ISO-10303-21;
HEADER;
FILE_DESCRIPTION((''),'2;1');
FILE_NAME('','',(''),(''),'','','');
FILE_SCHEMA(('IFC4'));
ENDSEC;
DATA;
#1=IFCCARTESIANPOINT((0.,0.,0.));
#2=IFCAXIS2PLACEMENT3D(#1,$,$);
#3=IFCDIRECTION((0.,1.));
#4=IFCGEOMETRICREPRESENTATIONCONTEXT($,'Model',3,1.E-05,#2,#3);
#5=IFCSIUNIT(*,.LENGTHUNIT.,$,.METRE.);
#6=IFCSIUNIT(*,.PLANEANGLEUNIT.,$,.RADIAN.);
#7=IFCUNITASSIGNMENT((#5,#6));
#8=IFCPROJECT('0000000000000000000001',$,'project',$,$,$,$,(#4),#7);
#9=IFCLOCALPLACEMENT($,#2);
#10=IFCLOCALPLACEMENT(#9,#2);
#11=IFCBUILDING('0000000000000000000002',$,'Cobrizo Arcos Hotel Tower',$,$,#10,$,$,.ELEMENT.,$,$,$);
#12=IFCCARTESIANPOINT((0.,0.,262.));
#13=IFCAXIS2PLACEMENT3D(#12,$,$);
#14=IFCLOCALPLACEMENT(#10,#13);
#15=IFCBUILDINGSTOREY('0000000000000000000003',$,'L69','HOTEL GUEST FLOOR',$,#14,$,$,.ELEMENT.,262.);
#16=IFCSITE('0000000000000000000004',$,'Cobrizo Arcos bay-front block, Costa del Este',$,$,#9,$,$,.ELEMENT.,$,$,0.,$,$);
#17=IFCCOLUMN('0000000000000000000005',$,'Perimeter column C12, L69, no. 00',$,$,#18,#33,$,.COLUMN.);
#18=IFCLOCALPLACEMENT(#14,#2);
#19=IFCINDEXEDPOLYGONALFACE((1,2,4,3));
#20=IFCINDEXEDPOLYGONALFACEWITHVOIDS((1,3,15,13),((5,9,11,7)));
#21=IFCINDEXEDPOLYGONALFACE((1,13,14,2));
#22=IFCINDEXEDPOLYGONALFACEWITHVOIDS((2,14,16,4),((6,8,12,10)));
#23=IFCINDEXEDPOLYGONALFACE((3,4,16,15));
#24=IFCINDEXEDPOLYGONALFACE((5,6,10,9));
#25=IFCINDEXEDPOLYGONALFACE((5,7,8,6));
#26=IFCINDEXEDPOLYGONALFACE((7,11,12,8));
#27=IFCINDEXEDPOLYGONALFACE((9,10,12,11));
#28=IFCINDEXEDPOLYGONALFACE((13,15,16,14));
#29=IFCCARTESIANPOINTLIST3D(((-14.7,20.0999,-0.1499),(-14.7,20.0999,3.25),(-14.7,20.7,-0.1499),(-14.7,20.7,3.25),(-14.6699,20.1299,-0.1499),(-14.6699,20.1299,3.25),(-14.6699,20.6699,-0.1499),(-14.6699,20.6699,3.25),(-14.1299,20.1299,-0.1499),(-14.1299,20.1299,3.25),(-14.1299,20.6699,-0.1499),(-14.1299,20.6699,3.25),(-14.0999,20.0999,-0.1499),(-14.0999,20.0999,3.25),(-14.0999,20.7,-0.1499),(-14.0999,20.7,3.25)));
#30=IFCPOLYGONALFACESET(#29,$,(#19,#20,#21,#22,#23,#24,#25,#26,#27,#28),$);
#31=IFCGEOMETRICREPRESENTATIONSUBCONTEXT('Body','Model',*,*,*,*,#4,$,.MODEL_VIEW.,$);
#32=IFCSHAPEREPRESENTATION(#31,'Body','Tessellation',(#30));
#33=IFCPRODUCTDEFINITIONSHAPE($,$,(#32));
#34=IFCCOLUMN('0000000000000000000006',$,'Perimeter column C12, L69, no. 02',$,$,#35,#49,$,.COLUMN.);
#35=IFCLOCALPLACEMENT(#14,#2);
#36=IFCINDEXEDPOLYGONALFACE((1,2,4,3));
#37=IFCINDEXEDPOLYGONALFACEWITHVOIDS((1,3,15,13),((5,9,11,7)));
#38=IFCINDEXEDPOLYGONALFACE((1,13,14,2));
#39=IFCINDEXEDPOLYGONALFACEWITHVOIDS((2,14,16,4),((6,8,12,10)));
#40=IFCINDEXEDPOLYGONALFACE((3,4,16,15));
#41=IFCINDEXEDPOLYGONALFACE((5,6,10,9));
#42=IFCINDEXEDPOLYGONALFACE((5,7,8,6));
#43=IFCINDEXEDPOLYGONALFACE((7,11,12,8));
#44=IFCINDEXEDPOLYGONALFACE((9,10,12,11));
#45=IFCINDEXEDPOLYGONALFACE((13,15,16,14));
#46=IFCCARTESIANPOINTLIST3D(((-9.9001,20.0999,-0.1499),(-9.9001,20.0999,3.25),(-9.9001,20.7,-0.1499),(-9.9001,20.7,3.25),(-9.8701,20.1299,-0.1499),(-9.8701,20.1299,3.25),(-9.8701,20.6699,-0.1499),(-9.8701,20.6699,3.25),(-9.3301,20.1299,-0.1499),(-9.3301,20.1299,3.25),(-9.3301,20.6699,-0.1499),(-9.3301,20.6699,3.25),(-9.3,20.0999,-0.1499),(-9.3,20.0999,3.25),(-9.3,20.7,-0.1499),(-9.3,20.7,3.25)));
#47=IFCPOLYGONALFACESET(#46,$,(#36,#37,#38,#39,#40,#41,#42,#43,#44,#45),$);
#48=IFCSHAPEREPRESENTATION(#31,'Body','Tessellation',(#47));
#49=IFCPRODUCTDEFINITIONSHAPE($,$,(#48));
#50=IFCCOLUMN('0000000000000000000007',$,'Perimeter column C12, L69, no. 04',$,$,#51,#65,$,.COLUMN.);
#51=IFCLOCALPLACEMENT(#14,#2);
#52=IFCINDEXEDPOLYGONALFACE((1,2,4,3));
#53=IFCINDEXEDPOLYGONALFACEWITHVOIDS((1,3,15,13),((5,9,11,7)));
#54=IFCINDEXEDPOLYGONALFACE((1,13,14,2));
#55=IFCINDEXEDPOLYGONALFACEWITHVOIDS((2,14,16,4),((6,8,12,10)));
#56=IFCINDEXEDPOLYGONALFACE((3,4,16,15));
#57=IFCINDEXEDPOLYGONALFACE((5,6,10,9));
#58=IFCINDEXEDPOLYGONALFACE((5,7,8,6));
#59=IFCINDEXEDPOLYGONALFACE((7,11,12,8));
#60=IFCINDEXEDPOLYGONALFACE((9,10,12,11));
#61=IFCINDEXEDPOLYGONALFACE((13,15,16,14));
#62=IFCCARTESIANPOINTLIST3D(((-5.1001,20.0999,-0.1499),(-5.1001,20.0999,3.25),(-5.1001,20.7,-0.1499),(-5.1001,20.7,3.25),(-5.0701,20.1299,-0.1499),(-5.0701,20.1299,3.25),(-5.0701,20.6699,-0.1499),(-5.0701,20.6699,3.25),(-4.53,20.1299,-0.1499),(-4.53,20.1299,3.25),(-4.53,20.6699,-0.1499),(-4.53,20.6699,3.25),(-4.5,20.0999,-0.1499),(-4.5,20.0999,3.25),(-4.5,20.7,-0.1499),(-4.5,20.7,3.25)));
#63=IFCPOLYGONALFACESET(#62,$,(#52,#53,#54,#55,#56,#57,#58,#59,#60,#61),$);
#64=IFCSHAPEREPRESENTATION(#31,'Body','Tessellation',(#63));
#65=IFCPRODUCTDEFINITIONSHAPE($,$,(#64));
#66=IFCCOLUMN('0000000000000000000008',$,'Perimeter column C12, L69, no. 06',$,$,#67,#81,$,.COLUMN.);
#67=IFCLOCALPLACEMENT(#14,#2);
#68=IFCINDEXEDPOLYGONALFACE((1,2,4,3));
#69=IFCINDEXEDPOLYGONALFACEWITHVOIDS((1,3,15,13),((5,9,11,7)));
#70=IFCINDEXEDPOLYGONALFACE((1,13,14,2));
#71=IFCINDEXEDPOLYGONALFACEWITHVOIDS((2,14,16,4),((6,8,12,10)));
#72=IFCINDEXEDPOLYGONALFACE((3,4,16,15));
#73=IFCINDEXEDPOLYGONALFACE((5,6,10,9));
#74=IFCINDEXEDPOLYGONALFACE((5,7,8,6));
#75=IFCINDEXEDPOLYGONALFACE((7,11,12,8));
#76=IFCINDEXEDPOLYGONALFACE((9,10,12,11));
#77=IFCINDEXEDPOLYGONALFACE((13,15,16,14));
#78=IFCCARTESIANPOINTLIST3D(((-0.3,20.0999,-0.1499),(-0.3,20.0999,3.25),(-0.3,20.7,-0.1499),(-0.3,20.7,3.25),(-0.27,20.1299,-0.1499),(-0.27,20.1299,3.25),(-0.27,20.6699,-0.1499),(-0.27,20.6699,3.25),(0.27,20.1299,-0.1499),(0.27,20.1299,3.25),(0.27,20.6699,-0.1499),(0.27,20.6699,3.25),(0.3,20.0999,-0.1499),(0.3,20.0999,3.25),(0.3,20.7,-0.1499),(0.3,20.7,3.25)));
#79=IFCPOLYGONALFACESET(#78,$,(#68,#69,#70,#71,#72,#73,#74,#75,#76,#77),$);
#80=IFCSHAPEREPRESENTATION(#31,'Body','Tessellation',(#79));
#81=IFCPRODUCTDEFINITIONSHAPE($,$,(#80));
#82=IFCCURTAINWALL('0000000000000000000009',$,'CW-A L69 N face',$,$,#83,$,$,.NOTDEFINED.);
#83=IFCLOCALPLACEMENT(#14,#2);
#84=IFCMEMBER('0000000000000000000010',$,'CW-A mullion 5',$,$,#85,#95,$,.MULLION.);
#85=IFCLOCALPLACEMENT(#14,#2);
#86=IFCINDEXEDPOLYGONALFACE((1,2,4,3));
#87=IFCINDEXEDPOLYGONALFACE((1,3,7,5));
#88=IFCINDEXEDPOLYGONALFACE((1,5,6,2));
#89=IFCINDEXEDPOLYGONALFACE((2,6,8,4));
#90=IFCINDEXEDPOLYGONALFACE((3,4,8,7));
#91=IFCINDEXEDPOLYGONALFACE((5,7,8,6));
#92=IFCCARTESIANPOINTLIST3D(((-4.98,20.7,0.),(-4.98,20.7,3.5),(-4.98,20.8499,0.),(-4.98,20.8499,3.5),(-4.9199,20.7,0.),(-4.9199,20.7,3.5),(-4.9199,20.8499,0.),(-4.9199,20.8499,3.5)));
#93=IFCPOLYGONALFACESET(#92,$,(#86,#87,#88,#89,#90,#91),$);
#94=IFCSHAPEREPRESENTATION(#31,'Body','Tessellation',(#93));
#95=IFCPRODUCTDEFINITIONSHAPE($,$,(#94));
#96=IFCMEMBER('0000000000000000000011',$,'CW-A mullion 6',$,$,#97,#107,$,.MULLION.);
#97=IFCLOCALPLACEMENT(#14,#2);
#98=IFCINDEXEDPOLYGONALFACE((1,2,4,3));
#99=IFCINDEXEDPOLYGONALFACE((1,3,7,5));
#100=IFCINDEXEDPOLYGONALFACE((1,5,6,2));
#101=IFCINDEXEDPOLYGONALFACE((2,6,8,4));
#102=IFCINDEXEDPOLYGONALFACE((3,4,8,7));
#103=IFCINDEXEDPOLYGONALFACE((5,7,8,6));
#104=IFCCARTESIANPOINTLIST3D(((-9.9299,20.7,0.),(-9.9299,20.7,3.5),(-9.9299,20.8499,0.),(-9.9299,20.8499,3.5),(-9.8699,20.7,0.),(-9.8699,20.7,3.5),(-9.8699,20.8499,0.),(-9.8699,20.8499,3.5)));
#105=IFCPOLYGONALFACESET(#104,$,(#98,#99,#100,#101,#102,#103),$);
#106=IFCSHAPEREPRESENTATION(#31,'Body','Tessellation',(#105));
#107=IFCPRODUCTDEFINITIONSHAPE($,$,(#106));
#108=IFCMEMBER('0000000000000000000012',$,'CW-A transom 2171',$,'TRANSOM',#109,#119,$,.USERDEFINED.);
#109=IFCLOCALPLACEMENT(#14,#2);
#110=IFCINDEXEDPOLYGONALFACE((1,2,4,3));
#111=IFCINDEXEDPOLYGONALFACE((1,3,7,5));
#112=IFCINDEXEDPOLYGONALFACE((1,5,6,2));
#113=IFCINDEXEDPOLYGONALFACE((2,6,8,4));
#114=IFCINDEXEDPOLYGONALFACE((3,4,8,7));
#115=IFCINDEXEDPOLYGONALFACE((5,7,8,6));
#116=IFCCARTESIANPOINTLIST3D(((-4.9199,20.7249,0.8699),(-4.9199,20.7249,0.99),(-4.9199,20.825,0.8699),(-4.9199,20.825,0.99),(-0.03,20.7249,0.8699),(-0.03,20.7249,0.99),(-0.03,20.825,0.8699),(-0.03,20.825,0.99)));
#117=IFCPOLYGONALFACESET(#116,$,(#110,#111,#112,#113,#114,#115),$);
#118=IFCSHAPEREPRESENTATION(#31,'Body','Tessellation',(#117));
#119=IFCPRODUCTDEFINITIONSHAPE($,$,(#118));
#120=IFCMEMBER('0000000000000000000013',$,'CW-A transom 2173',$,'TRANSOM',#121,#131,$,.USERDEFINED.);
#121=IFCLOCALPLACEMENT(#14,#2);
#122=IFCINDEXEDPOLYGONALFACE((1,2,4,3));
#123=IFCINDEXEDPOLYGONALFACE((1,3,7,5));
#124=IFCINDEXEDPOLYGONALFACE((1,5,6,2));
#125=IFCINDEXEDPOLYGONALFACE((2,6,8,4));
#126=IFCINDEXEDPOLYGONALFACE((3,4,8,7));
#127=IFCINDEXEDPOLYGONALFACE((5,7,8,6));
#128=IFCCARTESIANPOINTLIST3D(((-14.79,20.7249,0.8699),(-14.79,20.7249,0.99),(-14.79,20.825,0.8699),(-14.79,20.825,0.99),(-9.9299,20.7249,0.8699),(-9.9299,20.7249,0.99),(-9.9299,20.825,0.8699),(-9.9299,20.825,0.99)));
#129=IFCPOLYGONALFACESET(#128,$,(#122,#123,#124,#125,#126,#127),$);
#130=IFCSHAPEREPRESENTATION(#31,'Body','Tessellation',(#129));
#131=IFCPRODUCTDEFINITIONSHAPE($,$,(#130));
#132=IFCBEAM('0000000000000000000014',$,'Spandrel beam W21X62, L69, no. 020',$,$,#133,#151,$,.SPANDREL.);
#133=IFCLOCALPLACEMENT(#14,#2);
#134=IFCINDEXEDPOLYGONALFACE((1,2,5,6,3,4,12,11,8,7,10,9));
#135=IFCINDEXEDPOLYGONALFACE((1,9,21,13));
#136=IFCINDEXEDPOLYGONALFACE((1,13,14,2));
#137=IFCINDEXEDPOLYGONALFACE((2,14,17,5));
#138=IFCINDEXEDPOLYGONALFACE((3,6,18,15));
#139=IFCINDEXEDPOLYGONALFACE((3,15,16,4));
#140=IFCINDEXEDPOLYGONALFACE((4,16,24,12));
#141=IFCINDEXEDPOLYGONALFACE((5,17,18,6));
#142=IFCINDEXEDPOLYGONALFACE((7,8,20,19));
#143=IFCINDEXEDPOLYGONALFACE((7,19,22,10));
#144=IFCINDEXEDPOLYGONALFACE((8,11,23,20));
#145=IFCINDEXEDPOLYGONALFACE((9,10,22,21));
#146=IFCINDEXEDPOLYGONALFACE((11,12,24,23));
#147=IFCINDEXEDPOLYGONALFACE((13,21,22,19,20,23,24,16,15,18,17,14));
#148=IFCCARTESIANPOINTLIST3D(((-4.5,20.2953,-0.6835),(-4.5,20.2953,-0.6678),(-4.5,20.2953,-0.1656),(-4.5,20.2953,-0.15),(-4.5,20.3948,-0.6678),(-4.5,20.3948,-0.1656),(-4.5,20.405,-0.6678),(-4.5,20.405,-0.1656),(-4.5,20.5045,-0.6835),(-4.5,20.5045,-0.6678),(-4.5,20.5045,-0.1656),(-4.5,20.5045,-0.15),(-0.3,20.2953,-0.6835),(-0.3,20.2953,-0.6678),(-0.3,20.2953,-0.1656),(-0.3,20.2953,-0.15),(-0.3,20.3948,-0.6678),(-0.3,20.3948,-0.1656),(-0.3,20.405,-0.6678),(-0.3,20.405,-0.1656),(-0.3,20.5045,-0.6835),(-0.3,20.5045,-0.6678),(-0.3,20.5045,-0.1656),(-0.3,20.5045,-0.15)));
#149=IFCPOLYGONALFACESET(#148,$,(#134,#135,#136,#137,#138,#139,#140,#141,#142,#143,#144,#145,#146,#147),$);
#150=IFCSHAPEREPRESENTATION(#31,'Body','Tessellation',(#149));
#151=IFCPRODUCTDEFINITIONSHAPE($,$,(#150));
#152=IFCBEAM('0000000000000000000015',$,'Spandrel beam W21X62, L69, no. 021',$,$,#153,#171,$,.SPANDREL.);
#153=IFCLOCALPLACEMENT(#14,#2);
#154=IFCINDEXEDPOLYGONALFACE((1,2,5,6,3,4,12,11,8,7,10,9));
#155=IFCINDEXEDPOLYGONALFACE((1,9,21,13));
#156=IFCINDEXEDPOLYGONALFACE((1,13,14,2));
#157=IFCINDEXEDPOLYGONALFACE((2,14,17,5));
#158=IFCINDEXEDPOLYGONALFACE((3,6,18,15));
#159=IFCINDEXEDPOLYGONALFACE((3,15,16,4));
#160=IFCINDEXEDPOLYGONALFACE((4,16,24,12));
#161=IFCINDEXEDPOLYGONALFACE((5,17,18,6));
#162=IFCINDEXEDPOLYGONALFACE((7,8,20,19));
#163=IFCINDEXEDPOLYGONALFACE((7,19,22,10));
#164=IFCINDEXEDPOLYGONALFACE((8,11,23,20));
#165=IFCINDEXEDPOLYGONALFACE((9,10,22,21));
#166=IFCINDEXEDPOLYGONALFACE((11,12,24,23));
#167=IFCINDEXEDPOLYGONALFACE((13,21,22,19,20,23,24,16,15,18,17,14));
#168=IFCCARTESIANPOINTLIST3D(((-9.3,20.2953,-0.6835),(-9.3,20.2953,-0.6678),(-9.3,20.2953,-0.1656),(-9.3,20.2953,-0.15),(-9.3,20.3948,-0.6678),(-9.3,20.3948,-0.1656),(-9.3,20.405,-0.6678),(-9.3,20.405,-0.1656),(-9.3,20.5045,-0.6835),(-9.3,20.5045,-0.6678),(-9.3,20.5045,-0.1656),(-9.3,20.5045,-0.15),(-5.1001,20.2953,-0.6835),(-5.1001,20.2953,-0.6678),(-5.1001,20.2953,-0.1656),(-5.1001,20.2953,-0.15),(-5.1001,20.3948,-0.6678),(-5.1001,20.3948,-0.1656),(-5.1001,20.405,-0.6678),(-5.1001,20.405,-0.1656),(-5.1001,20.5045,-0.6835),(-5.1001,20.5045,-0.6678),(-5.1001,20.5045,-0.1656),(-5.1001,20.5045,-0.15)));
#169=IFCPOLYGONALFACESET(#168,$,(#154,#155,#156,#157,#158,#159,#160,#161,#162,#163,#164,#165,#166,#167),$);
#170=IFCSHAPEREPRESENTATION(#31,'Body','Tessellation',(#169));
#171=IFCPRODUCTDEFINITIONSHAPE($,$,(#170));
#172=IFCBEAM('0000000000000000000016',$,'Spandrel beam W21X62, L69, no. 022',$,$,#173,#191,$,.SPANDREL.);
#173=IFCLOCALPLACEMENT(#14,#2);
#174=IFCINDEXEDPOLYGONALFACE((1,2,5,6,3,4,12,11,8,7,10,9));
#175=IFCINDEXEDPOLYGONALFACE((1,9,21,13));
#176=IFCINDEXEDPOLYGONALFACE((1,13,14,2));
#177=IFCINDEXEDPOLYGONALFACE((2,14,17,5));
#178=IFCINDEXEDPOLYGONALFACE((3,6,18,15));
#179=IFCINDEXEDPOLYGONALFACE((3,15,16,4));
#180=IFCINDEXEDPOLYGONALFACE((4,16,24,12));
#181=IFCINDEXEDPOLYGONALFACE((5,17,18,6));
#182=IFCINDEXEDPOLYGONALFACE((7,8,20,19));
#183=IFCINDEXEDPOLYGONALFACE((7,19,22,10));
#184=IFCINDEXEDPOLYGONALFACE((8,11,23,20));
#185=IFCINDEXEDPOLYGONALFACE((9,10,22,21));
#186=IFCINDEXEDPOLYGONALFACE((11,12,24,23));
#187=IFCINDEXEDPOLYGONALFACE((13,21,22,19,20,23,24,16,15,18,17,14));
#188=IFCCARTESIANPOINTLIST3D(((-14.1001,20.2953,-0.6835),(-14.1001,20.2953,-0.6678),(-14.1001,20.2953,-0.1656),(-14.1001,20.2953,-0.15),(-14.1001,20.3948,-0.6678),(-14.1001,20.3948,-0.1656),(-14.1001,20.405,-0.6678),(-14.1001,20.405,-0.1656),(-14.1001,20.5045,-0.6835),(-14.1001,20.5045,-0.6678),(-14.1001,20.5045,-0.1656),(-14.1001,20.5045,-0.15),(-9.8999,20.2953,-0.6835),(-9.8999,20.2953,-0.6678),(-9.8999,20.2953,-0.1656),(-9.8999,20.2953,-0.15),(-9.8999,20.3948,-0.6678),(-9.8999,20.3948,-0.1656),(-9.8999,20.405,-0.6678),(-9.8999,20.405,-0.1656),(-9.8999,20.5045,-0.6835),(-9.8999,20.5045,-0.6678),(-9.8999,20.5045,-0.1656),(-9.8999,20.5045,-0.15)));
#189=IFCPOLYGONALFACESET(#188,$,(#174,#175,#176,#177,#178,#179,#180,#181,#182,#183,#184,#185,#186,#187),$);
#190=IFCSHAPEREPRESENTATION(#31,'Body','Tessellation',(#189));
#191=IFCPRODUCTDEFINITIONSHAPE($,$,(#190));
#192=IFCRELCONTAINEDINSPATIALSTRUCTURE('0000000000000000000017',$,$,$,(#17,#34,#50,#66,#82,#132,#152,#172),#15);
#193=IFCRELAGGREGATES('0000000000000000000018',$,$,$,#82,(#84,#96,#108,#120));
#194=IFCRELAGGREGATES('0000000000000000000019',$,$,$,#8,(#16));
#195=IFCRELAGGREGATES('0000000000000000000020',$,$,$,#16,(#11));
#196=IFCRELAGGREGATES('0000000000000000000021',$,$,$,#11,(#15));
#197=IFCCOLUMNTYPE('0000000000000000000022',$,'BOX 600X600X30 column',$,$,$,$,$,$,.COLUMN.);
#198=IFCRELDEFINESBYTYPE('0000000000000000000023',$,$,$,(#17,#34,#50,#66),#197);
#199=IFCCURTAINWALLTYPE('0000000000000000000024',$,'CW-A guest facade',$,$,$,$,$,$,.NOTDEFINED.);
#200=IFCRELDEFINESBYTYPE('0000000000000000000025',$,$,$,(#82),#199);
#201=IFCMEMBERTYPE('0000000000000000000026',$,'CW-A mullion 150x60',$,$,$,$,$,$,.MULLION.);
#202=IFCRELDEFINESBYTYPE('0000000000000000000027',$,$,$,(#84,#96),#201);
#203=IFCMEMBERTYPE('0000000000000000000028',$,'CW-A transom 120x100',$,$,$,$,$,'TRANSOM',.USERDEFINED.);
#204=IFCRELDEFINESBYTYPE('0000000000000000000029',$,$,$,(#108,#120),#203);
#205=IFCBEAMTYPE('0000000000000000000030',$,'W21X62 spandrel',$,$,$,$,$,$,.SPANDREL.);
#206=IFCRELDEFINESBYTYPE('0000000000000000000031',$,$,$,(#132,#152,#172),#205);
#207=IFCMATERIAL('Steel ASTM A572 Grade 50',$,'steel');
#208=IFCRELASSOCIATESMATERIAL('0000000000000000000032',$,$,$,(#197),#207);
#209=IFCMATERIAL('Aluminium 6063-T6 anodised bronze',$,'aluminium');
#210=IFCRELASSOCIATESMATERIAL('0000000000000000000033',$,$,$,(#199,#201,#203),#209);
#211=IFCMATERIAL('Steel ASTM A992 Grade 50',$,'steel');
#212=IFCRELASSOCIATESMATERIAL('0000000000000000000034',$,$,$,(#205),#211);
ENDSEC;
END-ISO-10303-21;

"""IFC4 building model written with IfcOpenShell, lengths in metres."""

from ifc_helpers import new_model, si_unit, direction, frame, origin, origin_2d, place, context, subcontext, project, spatial, rectangle, hollow_rectangle, i_section, extrude, material, material_profile, profile_set, type_object, element, aggregate, save


model = new_model("IFC4")

# Units and contexts
model_context = context("Model", 3, precision=1e-05, world=origin(), true_north=direction((0.0, 1.0)))
body_context = subcontext(model_context, "Body", "Model", "MODEL_VIEW")
ifc_project = project(units=[si_unit("LENGTHUNIT", "METRE"), si_unit("PLANEANGLEUNIT", "RADIAN")], contexts=[model_context])

# Site, building, storey
site_placement = place(None, origin())
site = spatial("IfcSite", under=ifc_project, at=site_placement, Name="Cobrizo Arcos bay-front block, Costa del Este", CompositionType="ELEMENT", RefElevation=0.0)
building_placement = place(site_placement, origin())
building = spatial("IfcBuilding", under=site, at=building_placement, Name="Cobrizo Arcos Hotel Tower", CompositionType="ELEMENT")
storey_placement = place(building_placement, frame((0.0, 0.0, 262.0)))
storey = spatial("IfcBuildingStorey", under=building, at=storey_placement, Name="L69", Description="HOTEL GUEST FLOOR", CompositionType="ELEMENT", Elevation=262.0)

# Columns
ifc_material_1 = material(Name="Steel ASTM A572 Grade 50", Category="steel")
ifc_material_profile_1 = material_profile(ifc_material_1, hollow_rectangle(XDim=0.6001, YDim=0.6001, WallThickness=0.03, at=origin_2d()), Name="BOX 600X600X30")
ifc_profile_set_1 = profile_set([ifc_material_profile_1], Name="Steel ASTM A572 Grade 50")
column_type = type_object("IfcColumnType", Name="BOX 600X600X30 column", PredefinedType="COLUMN", material=ifc_profile_set_1)
for number, where, z_axis, x_axis, name in (
    (1, (-14.3999, 20.3999, -0.1499), (0.0, 0.0, 1.0), (1.0, 0.0, 0.0), "Perimeter column C12, L69, no. 00"),
    (2, (-9.6001, 20.3999, -0.1499), (0.0, 0.0, 1.0), (1.0, 0.0, 0.0), "Perimeter column C12, L69, no. 02"),
    (3, (-4.8, 20.3999, -0.1499), (0.0, 0.0, 1.0), (1.0, 0.0, 0.0), "Perimeter column C12, L69, no. 04"),
    (4, (0.0, 20.3999, -0.1499), (0.0, 0.0, 1.0), (1.0, 0.0, 0.0), "Perimeter column C12, L69, no. 06"),
):
    element("IfcColumn", number, at=place(storey_placement, frame(where, z_axis=z_axis, x_axis=x_axis)), inside=storey, type_object=column_type, Name=name, PredefinedType="COLUMN", context=body_context, shape_type="SweptSolid", body=[
        extrude(hollow_rectangle(XDim=0.6001, YDim=0.6001, WallThickness=0.03, at=origin_2d()), origin(), (0.0, 0.0, 1.0), 3.3999),
    ])

# Curtain wall, members
ifc_material_2 = material(Name="Aluminium 6063-T6 anodised bronze", Category="aluminium")
curtain_wall_type = type_object("IfcCurtainWallType", Name="CW-A guest facade", PredefinedType="NOTDEFINED", material=ifc_material_2)
curtain_wall_placement = place(storey_placement, origin())
curtain_wall = element("IfcCurtainWall", 5, at=curtain_wall_placement, inside=storey, type_object=curtain_wall_type, Name="CW-A L69 N face", PredefinedType="NOTDEFINED")
ifc_material_profile_2 = material_profile(ifc_material_2, rectangle(XDim=0.1499, YDim=0.0601, at=origin_2d()), Name="CW-A mullion 150x60")
ifc_profile_set_2 = profile_set([ifc_material_profile_2], Name="Aluminium 6063-T6 anodised bronze")
member_type_1 = type_object("IfcMemberType", Name="CW-A mullion 150x60", PredefinedType="MULLION", material=ifc_profile_set_2)
member_1_placement = place(storey_placement, frame((-4.95, 20.7749, 0.0), z_axis=(0.0, 0.0, 1.0), x_axis=(0.0, 1.0, 0.0)))
member_1 = element("IfcMember", 6, at=member_1_placement, type_object=member_type_1, Name="CW-A mullion 5", PredefinedType="MULLION", context=body_context, shape_type="SweptSolid", body=[
    extrude(rectangle(XDim=0.1499, YDim=0.0601, at=origin_2d()), origin(), (0.0, 0.0, 1.0), 3.5),
])
member_2_placement = place(storey_placement, frame((-9.8999, 20.7749, 0.0), z_axis=(0.0, 0.0, 1.0), x_axis=(0.0, 1.0, 0.0)))
member_2 = element("IfcMember", 7, at=member_2_placement, type_object=member_type_1, Name="CW-A mullion 6", PredefinedType="MULLION", context=body_context, shape_type="SweptSolid", body=[
    extrude(rectangle(XDim=0.1499, YDim=0.0601, at=origin_2d()), origin(), (0.0, 0.0, 1.0), 3.5),
])
ifc_material_profile_3 = material_profile(ifc_material_2, rectangle(XDim=0.1001, YDim=0.1201, at=origin_2d()), Name="CW-A transom 120x100")
ifc_profile_set_3 = profile_set([ifc_material_profile_3], Name="Aluminium 6063-T6 anodised bronze")
member_type_2 = type_object("IfcMemberType", Name="CW-A transom 120x100", ElementType="TRANSOM", PredefinedType="USERDEFINED", material=ifc_profile_set_3)
member_3_placement = place(storey_placement, frame((-0.03, 20.7749, 0.9299), z_axis=(-1.0, 0.0, 0.0), x_axis=(0.0, -1.0, 0.0)))
member_3 = element("IfcMember", 8, at=member_3_placement, type_object=member_type_2, Name="CW-A transom 2171", ObjectType="TRANSOM", PredefinedType="USERDEFINED", context=body_context, shape_type="SweptSolid", body=[
    extrude(rectangle(XDim=0.1001, YDim=0.1201, at=origin_2d()), origin(), (0.0, 0.0, 1.0), 4.8899),
])
member_4_placement = place(storey_placement, frame((-9.9299, 20.7749, 0.9299), z_axis=(-1.0, 0.0, 0.0), x_axis=(0.0, -1.0, 0.0)))
member_4 = element("IfcMember", 9, at=member_4_placement, type_object=member_type_2, Name="CW-A transom 2173", ObjectType="TRANSOM", PredefinedType="USERDEFINED", context=body_context, shape_type="SweptSolid", body=[
    extrude(rectangle(XDim=0.1001, YDim=0.1201, at=origin_2d()), origin(), (0.0, 0.0, 1.0), 4.8601),
])

# Beams
ifc_material_3 = material(Name="Steel ASTM A992 Grade 50", Category="steel")
ifc_material_profile_4 = material_profile(ifc_material_3, i_section(OverallWidth=0.2092, OverallDepth=0.5334, WebThickness=0.0103, FlangeThickness=0.0156, at=origin_2d()), Name="W21X62")
ifc_profile_set_4 = profile_set([ifc_material_profile_4], Name="Steel ASTM A992 Grade 50")
beam_type = type_object("IfcBeamType", Name="W21X62 spandrel", PredefinedType="SPANDREL", material=ifc_profile_set_4)
for number, where, z_axis, x_axis, name in (
    (10, (-0.3, 20.3999, -0.4167), (-1.0, 0.0, 0.0), (0.0, -1.0, 0.0), "Spandrel beam W21X62, L69, no. 020"),
    (11, (-5.1001, 20.3999, -0.4167), (-1.0, 0.0, 0.0), (0.0, -1.0, 0.0), "Spandrel beam W21X62, L69, no. 021"),
):
    element("IfcBeam", number, at=place(storey_placement, frame(where, z_axis=z_axis, x_axis=x_axis)), inside=storey, type_object=beam_type, Name=name, PredefinedType="SPANDREL", context=body_context, shape_type="SweptSolid", body=[
        extrude(i_section(OverallWidth=0.2092, OverallDepth=0.5334, WebThickness=0.0103, FlangeThickness=0.0156, at=origin_2d()), origin(), (0.0, 0.0, 1.0), 4.2),
    ])
beam_1_placement = place(storey_placement, frame((-9.8999, 20.3999, -0.4167), z_axis=(-1.0, 0.0, 0.0), x_axis=(0.0, -1.0, 0.0)))
element("IfcBeam", 12, at=beam_1_placement, inside=storey, type_object=beam_type, Name="Spandrel beam W21X62, L69, no. 022", PredefinedType="SPANDREL", context=body_context, shape_type="SweptSolid", body=[
    extrude(i_section(OverallWidth=0.2092, OverallDepth=0.5334, WebThickness=0.0103, FlangeThickness=0.0156, at=origin_2d()), origin(), (0.0, 0.0, 1.0), 4.2002),
])

aggregate(curtain_wall, [member_1, member_2, member_3, member_4])

save(model, "model.ifc")
